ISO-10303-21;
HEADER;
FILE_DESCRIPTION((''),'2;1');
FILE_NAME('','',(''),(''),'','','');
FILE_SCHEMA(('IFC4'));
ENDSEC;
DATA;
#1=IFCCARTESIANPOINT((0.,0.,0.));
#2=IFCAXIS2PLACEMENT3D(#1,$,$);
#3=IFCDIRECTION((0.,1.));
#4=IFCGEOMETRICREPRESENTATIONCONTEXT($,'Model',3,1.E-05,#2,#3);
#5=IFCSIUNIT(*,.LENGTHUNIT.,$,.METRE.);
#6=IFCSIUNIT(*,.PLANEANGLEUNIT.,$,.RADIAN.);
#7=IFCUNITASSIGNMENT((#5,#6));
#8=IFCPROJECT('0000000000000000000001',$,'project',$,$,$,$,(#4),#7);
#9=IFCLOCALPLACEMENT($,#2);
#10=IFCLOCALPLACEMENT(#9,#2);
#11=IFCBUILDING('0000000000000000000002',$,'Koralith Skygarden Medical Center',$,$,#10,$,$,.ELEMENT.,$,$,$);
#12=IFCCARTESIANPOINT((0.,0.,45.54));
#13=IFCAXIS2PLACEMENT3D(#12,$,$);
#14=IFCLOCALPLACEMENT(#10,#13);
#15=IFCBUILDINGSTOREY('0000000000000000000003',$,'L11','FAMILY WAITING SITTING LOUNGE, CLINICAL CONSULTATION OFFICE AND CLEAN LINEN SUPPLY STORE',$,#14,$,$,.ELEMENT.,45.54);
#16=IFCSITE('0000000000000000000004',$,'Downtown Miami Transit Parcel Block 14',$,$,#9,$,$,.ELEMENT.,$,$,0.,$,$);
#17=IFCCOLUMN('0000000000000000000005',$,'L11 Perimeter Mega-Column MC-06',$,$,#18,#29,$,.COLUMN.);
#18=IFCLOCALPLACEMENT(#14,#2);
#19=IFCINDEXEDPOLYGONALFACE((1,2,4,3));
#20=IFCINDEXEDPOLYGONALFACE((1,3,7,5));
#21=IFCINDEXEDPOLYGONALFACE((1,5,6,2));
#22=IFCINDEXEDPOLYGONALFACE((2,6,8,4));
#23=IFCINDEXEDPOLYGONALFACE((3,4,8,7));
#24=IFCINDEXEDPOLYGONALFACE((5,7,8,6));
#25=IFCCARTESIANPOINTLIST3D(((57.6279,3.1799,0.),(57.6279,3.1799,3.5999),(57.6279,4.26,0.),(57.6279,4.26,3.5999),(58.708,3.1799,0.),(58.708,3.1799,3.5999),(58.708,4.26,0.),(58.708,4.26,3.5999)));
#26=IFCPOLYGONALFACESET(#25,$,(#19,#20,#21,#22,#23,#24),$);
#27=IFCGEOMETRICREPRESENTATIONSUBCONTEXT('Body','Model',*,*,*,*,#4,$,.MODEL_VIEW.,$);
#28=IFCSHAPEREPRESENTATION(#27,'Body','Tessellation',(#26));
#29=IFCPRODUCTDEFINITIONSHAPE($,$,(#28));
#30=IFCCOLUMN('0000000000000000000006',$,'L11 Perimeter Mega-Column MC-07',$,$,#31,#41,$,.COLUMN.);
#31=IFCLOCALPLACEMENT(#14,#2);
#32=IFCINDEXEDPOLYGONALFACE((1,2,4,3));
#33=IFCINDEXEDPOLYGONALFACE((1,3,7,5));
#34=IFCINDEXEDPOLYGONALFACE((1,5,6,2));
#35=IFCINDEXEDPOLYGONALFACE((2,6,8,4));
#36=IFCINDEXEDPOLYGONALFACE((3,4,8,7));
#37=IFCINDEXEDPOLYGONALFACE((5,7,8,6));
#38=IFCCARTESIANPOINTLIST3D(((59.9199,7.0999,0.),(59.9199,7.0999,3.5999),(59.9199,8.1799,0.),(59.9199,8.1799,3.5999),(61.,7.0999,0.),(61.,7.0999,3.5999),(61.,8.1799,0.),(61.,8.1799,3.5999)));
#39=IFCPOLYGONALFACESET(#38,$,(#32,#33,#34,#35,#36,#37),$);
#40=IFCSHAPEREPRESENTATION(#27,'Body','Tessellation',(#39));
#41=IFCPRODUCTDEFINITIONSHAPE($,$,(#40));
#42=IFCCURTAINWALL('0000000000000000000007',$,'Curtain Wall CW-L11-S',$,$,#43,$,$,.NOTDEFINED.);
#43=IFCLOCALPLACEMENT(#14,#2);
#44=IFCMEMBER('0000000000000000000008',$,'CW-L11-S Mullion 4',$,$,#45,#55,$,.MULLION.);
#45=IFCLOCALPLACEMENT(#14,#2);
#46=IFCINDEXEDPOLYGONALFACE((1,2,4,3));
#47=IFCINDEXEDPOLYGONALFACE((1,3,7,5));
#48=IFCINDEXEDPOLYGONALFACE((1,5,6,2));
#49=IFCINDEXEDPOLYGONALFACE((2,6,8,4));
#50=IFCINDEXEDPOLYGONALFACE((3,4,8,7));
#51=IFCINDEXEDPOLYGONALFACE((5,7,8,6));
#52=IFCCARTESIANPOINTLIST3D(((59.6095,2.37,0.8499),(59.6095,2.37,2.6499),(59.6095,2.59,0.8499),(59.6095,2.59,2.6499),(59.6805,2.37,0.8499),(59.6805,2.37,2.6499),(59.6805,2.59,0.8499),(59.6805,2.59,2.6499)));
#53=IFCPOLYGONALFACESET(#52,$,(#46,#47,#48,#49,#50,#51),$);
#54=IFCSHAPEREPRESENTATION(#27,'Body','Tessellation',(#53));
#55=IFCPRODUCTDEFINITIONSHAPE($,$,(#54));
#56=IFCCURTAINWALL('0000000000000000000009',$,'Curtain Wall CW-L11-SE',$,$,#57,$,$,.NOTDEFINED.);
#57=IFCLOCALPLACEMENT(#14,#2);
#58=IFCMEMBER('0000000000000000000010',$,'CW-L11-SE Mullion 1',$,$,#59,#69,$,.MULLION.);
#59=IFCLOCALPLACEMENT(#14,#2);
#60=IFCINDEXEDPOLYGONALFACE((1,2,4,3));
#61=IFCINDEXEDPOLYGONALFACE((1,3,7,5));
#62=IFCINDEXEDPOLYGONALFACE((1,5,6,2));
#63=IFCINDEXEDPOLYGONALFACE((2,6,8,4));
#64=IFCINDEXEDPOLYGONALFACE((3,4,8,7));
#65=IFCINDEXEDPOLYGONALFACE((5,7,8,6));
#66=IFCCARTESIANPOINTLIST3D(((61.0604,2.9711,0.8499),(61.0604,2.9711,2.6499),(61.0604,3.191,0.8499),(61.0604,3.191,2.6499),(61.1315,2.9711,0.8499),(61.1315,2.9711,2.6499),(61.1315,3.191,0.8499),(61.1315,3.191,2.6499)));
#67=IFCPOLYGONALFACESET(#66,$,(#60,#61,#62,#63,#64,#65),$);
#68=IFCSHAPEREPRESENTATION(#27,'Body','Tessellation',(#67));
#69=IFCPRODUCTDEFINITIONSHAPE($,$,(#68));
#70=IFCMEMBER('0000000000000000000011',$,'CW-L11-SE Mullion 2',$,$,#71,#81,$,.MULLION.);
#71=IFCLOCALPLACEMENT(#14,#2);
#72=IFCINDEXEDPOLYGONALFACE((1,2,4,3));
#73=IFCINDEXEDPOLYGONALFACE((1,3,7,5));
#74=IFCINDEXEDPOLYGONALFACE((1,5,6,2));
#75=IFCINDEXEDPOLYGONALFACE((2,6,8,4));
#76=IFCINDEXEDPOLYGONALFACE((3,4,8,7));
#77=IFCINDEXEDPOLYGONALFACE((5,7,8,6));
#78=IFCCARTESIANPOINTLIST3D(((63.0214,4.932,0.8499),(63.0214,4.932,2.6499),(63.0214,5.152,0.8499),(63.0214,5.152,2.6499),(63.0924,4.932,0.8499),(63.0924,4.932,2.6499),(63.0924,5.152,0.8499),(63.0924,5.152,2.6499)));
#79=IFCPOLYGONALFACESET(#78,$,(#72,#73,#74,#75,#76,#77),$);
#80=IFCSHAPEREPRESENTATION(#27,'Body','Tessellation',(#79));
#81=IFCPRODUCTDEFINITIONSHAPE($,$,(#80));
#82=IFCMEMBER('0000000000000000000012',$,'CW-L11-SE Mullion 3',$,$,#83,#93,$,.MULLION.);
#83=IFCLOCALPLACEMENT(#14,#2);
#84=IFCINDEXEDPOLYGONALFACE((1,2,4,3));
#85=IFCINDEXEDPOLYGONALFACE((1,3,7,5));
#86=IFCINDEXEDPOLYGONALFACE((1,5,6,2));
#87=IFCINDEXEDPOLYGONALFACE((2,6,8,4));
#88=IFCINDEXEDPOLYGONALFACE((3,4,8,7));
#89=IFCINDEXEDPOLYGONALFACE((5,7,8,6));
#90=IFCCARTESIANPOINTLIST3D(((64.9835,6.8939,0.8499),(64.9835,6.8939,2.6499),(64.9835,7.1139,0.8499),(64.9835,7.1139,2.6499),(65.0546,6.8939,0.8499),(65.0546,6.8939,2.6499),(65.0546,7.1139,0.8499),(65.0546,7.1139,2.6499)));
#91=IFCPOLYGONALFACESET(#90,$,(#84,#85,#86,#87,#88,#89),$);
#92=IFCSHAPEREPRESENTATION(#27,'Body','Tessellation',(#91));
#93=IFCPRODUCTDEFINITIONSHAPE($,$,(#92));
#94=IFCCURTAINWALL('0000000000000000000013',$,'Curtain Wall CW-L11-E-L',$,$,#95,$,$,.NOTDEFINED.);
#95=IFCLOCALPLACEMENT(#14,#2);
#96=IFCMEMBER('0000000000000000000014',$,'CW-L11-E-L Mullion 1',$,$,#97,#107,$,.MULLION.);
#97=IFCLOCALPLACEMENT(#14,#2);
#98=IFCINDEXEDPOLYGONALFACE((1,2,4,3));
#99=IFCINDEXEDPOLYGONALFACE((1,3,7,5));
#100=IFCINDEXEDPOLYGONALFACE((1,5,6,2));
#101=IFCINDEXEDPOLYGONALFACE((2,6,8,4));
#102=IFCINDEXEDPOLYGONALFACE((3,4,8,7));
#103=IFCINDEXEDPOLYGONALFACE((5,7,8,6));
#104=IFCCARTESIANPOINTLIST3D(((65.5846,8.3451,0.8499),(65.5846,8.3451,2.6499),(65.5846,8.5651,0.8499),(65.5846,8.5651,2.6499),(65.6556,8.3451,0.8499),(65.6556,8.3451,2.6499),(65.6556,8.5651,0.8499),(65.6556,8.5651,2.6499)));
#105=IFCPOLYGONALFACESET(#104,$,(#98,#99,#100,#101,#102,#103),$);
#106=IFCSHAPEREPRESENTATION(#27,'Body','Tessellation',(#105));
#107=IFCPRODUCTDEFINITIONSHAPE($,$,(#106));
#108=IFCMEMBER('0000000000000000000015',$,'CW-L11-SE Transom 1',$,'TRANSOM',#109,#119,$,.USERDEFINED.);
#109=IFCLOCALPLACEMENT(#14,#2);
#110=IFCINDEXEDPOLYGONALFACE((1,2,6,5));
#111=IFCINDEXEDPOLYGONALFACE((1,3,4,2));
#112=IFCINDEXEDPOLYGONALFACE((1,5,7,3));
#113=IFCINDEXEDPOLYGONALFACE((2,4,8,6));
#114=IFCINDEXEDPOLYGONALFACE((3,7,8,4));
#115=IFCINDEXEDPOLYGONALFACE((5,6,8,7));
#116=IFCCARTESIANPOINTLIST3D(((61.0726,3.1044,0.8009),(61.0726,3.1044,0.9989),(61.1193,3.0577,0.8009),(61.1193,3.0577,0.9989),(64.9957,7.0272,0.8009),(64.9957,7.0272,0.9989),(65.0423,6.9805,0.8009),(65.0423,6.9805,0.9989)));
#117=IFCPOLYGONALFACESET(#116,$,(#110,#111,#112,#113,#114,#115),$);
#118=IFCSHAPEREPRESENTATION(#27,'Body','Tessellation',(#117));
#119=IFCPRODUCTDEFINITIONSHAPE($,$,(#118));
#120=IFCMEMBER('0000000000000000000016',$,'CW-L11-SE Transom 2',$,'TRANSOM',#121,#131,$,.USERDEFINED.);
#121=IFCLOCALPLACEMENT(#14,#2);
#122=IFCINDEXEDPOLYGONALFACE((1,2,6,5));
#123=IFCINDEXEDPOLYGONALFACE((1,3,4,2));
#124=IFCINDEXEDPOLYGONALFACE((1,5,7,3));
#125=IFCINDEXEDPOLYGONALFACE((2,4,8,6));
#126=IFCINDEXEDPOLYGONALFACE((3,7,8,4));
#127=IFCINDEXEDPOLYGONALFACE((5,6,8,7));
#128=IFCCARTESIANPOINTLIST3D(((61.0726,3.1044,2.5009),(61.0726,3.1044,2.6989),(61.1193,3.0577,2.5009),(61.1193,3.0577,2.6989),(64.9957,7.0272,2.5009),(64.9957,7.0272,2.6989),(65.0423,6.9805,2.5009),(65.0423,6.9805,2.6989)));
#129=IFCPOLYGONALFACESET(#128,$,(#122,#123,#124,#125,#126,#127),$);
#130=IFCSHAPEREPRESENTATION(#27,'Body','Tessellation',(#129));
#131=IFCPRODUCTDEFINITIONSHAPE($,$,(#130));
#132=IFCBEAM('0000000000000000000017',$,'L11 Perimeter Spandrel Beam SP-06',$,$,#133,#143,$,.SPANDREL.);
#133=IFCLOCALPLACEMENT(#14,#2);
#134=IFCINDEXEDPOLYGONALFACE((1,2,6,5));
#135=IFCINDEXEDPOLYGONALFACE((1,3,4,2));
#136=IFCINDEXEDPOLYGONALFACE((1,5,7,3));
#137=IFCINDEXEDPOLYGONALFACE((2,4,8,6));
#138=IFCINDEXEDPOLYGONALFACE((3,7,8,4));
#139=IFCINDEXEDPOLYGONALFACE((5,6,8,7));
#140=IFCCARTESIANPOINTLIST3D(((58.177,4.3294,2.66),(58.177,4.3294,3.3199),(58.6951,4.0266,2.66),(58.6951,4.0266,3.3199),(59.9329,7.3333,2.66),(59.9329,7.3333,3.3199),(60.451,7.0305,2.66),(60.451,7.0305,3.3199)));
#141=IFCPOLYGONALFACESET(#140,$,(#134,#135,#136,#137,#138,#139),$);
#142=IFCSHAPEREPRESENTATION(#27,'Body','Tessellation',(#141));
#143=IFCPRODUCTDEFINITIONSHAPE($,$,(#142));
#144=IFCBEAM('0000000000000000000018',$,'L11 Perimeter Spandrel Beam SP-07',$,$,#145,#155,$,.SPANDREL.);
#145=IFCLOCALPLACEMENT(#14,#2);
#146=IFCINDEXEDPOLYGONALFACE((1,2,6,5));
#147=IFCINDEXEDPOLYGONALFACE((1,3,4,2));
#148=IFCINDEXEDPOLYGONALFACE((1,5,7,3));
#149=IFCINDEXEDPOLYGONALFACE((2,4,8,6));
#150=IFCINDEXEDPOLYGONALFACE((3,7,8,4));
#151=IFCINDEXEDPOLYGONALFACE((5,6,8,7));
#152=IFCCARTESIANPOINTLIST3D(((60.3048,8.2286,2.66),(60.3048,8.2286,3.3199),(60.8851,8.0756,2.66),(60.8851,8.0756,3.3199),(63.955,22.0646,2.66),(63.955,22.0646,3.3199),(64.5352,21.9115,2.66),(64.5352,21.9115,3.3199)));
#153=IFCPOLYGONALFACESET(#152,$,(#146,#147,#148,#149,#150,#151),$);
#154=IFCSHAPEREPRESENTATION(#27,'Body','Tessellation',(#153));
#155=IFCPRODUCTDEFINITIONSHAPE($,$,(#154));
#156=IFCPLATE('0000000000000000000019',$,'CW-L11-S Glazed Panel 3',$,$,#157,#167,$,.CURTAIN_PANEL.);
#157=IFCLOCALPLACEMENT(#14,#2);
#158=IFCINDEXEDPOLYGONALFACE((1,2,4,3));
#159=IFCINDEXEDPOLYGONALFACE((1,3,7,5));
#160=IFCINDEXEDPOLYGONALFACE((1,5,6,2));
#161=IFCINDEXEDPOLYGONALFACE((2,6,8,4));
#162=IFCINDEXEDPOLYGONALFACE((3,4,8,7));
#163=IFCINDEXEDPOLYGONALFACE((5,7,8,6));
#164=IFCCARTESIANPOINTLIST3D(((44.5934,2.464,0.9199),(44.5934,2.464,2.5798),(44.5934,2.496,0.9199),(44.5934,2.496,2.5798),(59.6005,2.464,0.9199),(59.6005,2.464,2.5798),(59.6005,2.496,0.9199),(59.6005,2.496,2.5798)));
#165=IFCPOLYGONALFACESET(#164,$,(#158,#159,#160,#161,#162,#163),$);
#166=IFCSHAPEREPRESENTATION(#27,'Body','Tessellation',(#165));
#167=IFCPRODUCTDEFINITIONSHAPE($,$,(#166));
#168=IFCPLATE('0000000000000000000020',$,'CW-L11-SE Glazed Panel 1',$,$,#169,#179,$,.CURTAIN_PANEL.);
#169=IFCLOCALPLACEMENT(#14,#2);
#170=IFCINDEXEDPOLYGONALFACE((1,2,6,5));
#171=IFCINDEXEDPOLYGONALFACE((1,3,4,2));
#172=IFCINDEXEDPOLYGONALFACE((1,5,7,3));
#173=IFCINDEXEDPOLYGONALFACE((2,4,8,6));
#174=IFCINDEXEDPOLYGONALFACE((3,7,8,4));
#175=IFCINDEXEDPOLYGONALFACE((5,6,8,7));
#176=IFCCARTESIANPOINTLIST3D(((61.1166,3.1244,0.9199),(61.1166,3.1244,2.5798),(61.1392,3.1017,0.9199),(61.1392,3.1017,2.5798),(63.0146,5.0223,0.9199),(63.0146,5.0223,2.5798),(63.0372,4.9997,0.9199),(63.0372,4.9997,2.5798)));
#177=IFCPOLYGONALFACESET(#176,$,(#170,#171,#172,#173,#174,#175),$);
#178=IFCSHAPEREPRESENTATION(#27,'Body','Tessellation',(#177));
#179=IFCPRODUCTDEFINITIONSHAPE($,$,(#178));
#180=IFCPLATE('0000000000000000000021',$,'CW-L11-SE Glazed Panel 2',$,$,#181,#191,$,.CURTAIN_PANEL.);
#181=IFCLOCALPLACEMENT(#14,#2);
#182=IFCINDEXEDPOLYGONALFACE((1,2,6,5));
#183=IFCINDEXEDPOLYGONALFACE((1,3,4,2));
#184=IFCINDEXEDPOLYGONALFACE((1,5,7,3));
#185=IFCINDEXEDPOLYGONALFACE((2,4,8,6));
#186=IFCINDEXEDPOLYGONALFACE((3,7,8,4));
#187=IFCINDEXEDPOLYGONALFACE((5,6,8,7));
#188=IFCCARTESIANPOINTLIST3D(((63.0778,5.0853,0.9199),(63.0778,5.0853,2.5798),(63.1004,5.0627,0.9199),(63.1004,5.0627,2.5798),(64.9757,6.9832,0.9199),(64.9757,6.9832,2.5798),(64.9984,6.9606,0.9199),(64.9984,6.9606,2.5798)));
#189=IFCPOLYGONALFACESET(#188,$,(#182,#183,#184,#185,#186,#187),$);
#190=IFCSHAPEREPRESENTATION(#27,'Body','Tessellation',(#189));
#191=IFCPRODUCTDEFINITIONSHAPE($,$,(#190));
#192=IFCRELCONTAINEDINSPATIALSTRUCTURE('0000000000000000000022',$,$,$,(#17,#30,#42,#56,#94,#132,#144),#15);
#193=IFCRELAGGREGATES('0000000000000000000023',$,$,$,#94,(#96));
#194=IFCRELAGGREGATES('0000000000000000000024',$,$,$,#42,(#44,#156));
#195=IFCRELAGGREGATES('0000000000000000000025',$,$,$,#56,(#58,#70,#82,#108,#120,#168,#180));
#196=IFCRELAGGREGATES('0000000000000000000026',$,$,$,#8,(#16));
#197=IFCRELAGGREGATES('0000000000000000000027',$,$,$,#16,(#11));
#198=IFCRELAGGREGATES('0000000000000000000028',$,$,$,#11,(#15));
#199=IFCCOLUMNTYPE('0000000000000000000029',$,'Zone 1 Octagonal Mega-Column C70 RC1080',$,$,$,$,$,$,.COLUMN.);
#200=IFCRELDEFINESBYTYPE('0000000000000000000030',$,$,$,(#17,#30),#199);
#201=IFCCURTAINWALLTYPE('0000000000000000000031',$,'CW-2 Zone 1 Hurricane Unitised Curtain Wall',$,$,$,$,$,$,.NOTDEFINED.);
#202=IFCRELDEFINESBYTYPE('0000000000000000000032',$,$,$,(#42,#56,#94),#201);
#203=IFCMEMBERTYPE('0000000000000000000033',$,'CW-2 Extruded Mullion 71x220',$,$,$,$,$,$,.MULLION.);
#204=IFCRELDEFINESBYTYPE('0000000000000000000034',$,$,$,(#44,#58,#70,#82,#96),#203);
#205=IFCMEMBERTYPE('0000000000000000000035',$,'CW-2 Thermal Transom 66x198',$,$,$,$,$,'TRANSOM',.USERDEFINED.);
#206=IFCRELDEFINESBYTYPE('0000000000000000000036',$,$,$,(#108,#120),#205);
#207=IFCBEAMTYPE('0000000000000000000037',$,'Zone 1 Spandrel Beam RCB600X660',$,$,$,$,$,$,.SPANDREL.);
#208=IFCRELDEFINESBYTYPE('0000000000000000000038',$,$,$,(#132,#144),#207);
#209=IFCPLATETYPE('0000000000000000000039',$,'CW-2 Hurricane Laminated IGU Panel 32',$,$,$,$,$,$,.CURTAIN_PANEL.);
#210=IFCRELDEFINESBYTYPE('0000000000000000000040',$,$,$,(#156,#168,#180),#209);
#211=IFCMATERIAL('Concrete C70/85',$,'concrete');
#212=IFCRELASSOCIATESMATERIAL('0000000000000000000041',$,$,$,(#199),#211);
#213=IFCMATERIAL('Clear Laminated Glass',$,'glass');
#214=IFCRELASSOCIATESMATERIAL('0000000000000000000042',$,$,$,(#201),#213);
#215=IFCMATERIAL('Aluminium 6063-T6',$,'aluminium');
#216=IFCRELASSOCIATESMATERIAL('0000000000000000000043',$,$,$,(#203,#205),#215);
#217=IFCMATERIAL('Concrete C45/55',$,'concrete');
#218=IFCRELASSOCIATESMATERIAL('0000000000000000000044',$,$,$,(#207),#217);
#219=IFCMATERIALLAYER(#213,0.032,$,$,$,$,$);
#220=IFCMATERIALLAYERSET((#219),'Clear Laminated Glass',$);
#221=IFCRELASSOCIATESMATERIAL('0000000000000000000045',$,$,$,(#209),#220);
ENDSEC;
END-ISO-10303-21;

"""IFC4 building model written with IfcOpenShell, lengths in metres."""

from ifc_helpers import new_model, si_unit, direction, frame, origin, origin_2d, place, context, subcontext, project, spatial, rectangle, extrude, material, layer, layer_set, material_profile, profile_set, type_object, element, aggregate, save


model = new_model("IFC4")

# Units and contexts
model_context = context("Model", 3, precision=1e-05, world=origin(), true_north=direction((0.0, 1.0)))
body_context = subcontext(model_context, "Body", "Model", "MODEL_VIEW")
ifc_project = project(units=[si_unit("LENGTHUNIT", "METRE"), si_unit("PLANEANGLEUNIT", "RADIAN")], contexts=[model_context])

# Site, building, storey
site_placement = place(None, origin())
site = spatial("IfcSite", under=ifc_project, at=site_placement, Name="Downtown Miami Transit Parcel Block 14", CompositionType="ELEMENT", RefElevation=0.0)
building_placement = place(site_placement, origin())
building = spatial("IfcBuilding", under=site, at=building_placement, Name="Koralith Skygarden Medical Center", CompositionType="ELEMENT")
storey_placement = place(building_placement, frame((0.0, 0.0, 45.54)))
storey = spatial("IfcBuildingStorey", under=building, at=storey_placement, Name="L11", Description="FAMILY WAITING SITTING LOUNGE, CLINICAL CONSULTATION OFFICE AND CLEAN LINEN SUPPLY STORE", CompositionType="ELEMENT", Elevation=45.54)

# Columns
ifc_material_1 = material(Name="Concrete C70/85", Category="concrete")
ifc_material_profile_1 = material_profile(ifc_material_1, rectangle(XDim=1.0801, YDim=1.0801, at=origin_2d()), Name="RC1080X1080")
ifc_profile_set_1 = profile_set([ifc_material_profile_1], Name="Concrete C70/85")
column_type = type_object("IfcColumnType", Name="Zone 1 Octagonal Mega-Column C70 RC1080", PredefinedType="COLUMN", material=ifc_profile_set_1)
for number, where, z_axis, x_axis, name in (
    (1, (58.168, 3.72, 0.0), (0.0, 0.0, 1.0), (1.0, 0.0, 0.0), "L11 Perimeter Mega-Column MC-06"),
    (2, (60.46, 7.6399, 0.0), (0.0, 0.0, 1.0), (1.0, 0.0, 0.0), "L11 Perimeter Mega-Column MC-07"),
):
    element("IfcColumn", number, at=place(storey_placement, frame(where, z_axis=z_axis, x_axis=x_axis)), inside=storey, type_object=column_type, Name=name, PredefinedType="COLUMN", context=body_context, shape_type="SweptSolid", body=[
        extrude(rectangle(XDim=1.0801, YDim=1.0801, at=origin_2d()), origin(), (0.0, 0.0, 1.0), 3.5999),
    ])

# Curtain wall, member
ifc_material_2 = material(Name="Clear Laminated Glass", Category="glass")
curtain_wall_type = type_object("IfcCurtainWallType", Name="CW-2 Zone 1 Hurricane Unitised Curtain Wall", PredefinedType="NOTDEFINED", material=ifc_material_2)
curtain_wall_1_placement = place(storey_placement, origin())
curtain_wall_1 = element("IfcCurtainWall", 3, at=curtain_wall_1_placement, inside=storey, type_object=curtain_wall_type, Name="Curtain Wall CW-L11-S", PredefinedType="NOTDEFINED")
ifc_material_3 = material(Name="Aluminium 6063-T6", Category="aluminium")
ifc_material_profile_2 = material_profile(ifc_material_3, rectangle(XDim=0.071, YDim=0.22, at=origin_2d()), Name="MUL71X220")
ifc_profile_set_2 = profile_set([ifc_material_profile_2], Name="Aluminium 6063-T6")
member_type_1 = type_object("IfcMemberType", Name="CW-2 Extruded Mullion 71x220", PredefinedType="MULLION", material=ifc_profile_set_2)
member_1_placement = place(storey_placement, frame((59.645, 2.48, 0.8499), z_axis=(0.0, 0.0, 1.0), x_axis=(1.0, 0.0, 0.0)))
member_1 = element("IfcMember", 4, at=member_1_placement, type_object=member_type_1, Name="CW-L11-S Mullion 4", PredefinedType="MULLION", context=body_context, shape_type="SweptSolid", body=[
    extrude(rectangle(XDim=0.071, YDim=0.22, at=origin_2d()), origin(), (0.0, 0.0, 1.0), 1.8),
])

# Curtain wall, members
curtain_wall_2_placement = place(storey_placement, origin())
curtain_wall_2 = element("IfcCurtainWall", 5, at=curtain_wall_2_placement, inside=storey, type_object=curtain_wall_type, Name="Curtain Wall CW-L11-SE", PredefinedType="NOTDEFINED")
member_2_placement = place(storey_placement, frame((61.0959, 3.0811, 0.8499), z_axis=(0.0, 0.0, 1.0), x_axis=(1.0, 0.0, 0.0)))
member_2 = element("IfcMember", 6, at=member_2_placement, type_object=member_type_1, Name="CW-L11-SE Mullion 1", PredefinedType="MULLION", context=body_context, shape_type="SweptSolid", body=[
    extrude(rectangle(XDim=0.071, YDim=0.22, at=origin_2d()), origin(), (0.0, 0.0, 1.0), 1.8),
])
member_3_placement = place(storey_placement, frame((63.0569, 5.042, 0.8499), z_axis=(0.0, 0.0, 1.0), x_axis=(1.0, 0.0, 0.0)))
member_3 = element("IfcMember", 7, at=member_3_placement, type_object=member_type_1, Name="CW-L11-SE Mullion 2", PredefinedType="MULLION", context=body_context, shape_type="SweptSolid", body=[
    extrude(rectangle(XDim=0.071, YDim=0.22, at=origin_2d()), origin(), (0.0, 0.0, 1.0), 1.8),
])
member_4_placement = place(storey_placement, frame((65.019, 7.0039, 0.8499), z_axis=(0.0, 0.0, 1.0), x_axis=(1.0, 0.0, 0.0)))
member_4 = element("IfcMember", 8, at=member_4_placement, type_object=member_type_1, Name="CW-L11-SE Mullion 3", PredefinedType="MULLION", context=body_context, shape_type="SweptSolid", body=[
    extrude(rectangle(XDim=0.071, YDim=0.22, at=origin_2d()), origin(), (0.0, 0.0, 1.0), 1.8),
])

# Curtain wall, member
curtain_wall_3_placement = place(storey_placement, origin())
curtain_wall_3 = element("IfcCurtainWall", 9, at=curtain_wall_3_placement, inside=storey, type_object=curtain_wall_type, Name="Curtain Wall CW-L11-E-L", PredefinedType="NOTDEFINED")
member_5_placement = place(storey_placement, frame((65.6201, 8.4551, 0.8499), z_axis=(0.0, 0.0, 1.0), x_axis=(1.0, 0.0, 0.0)))
member_5 = element("IfcMember", 10, at=member_5_placement, type_object=member_type_1, Name="CW-L11-E-L Mullion 1", PredefinedType="MULLION", context=body_context, shape_type="SweptSolid", body=[
    extrude(rectangle(XDim=0.071, YDim=0.22, at=origin_2d()), origin(), (0.0, 0.0, 1.0), 1.8),
])
aggregate(curtain_wall_3, [member_5])

# Members
ifc_material_profile_3 = material_profile(ifc_material_3, rectangle(XDim=0.0659, YDim=0.198, at=origin_2d()), Name="TRN66X198")
ifc_profile_set_3 = profile_set([ifc_material_profile_3], Name="Aluminium 6063-T6")
member_type_2 = type_object("IfcMemberType", Name="CW-2 Thermal Transom 66x198", ElementType="TRANSOM", PredefinedType="USERDEFINED", material=ifc_profile_set_3)
member_6_placement = place(storey_placement, frame((61.0959, 3.0811, 0.8999), z_axis=(0.707129, 0.707085, 0.0), x_axis=(-0.707085, 0.707129, 0.0)))
member_6 = element("IfcMember", 11, at=member_6_placement, type_object=member_type_2, Name="CW-L11-SE Transom 1", ObjectType="TRANSOM", PredefinedType="USERDEFINED", context=body_context, shape_type="SweptSolid", body=[
    extrude(rectangle(XDim=0.0659, YDim=0.198, at=origin_2d()), origin(), (0.0, 0.0, 1.0), 5.5479),
])
member_7_placement = place(storey_placement, frame((61.0959, 3.0811, 2.5999), z_axis=(0.707129, 0.707085, 0.0), x_axis=(-0.707085, 0.707129, 0.0)))
member_7 = element("IfcMember", 12, at=member_7_placement, type_object=member_type_2, Name="CW-L11-SE Transom 2", ObjectType="TRANSOM", PredefinedType="USERDEFINED", context=body_context, shape_type="SweptSolid", body=[
    extrude(rectangle(XDim=0.0659, YDim=0.198, at=origin_2d()), origin(), (0.0, 0.0, 1.0), 5.5479),
])

# Beams
ifc_material_4 = material(Name="Concrete C45/55", Category="concrete")
ifc_material_profile_4 = material_profile(ifc_material_4, rectangle(XDim=0.6001, YDim=0.6599, at=origin_2d()), Name="RCB600X660")
ifc_profile_set_4 = profile_set([ifc_material_profile_4], Name="Concrete C45/55")
beam_type = type_object("IfcBeamType", Name="Zone 1 Spandrel Beam RCB600X660", PredefinedType="SPANDREL", material=ifc_profile_set_4)
beam_1_placement = place(storey_placement, frame((58.436, 4.178, 2.99), z_axis=(0.504639, 0.863331, 0.0), x_axis=(-0.863331, 0.504639, 0.0)))
element("IfcBeam", 13, at=beam_1_placement, inside=storey, type_object=beam_type, Name="L11 Perimeter Spandrel Beam SP-06", PredefinedType="SPANDREL", context=body_context, shape_type="SweptSolid", body=[
    extrude(rectangle(XDim=0.6001, YDim=0.6599, at=origin_2d()), origin(), (0.0, 0.0, 1.0), 3.4795),
])
beam_2_placement = place(storey_placement, frame((60.595, 8.1521, 2.99), z_axis=(0.255089, 0.966918, 0.0), x_axis=(-0.966918, 0.255089, 0.0)))
element("IfcBeam", 14, at=beam_2_placement, inside=storey, type_object=beam_type, Name="L11 Perimeter Spandrel Beam SP-07", PredefinedType="SPANDREL", context=body_context, shape_type="SweptSolid", body=[
    extrude(rectangle(XDim=0.6001, YDim=0.6599, at=origin_2d()), origin(), (0.0, 0.0, 1.0), 14.3093),
])

# Plates
ifc_layer_1 = layer(ifc_material_2, 0.032)
ifc_layer_set_1 = layer_set([ifc_layer_1], Name="Clear Laminated Glass")
plate_type_1 = type_object("IfcPlateType", Name="CW-2 Hurricane Laminated IGU Panel 32", PredefinedType="CURTAIN_PANEL", material=ifc_layer_set_1)
plate_1_placement = place(storey_placement, frame((52.0969, 2.48, 0.9199), z_axis=(0.0, 0.0, 1.0), x_axis=(1.0, 0.0, 0.0)))
plate_1 = element("IfcPlate", 15, at=plate_1_placement, type_object=plate_type_1, Name="CW-L11-S Glazed Panel 3", PredefinedType="CURTAIN_PANEL", context=body_context, shape_type="SweptSolid", body=[
    extrude(rectangle(XDim=15.0071, YDim=0.032, at=origin_2d()), origin(), (0.0, 0.0, 1.0), 1.6599),
])
aggregate(curtain_wall_1, [member_1, plate_1])
plate_2_placement = place(storey_placement, frame((62.0769, 4.062, 0.9199), z_axis=(0.0, 0.0, 1.0), x_axis=(0.707107, 0.707107, 0.0)))
plate_2 = element("IfcPlate", 16, at=plate_2_placement, type_object=plate_type_1, Name="CW-L11-SE Glazed Panel 1", PredefinedType="CURTAIN_PANEL", context=body_context, shape_type="SweptSolid", body=[
    extrude(rectangle(XDim=2.6841, YDim=0.032, at=origin_2d()), origin(), (0.0, 0.0, 1.0), 1.6599),
])
plate_3_placement = place(storey_placement, frame((64.0381, 6.0229, 0.9199), z_axis=(0.0, 0.0, 1.0), x_axis=(0.707107, 0.707107, 0.0)))
plate_3 = element("IfcPlate", 17, at=plate_3_placement, type_object=plate_type_1, Name="CW-L11-SE Glazed Panel 2", PredefinedType="CURTAIN_PANEL", context=body_context, shape_type="SweptSolid", body=[
    extrude(rectangle(XDim=2.6841, YDim=0.032, at=origin_2d()), origin(), (0.0, 0.0, 1.0), 1.6599),
])
aggregate(curtain_wall_2, [member_2, member_3, member_4, member_6, member_7, plate_2, plate_3])

save(model, "model.ifc")
